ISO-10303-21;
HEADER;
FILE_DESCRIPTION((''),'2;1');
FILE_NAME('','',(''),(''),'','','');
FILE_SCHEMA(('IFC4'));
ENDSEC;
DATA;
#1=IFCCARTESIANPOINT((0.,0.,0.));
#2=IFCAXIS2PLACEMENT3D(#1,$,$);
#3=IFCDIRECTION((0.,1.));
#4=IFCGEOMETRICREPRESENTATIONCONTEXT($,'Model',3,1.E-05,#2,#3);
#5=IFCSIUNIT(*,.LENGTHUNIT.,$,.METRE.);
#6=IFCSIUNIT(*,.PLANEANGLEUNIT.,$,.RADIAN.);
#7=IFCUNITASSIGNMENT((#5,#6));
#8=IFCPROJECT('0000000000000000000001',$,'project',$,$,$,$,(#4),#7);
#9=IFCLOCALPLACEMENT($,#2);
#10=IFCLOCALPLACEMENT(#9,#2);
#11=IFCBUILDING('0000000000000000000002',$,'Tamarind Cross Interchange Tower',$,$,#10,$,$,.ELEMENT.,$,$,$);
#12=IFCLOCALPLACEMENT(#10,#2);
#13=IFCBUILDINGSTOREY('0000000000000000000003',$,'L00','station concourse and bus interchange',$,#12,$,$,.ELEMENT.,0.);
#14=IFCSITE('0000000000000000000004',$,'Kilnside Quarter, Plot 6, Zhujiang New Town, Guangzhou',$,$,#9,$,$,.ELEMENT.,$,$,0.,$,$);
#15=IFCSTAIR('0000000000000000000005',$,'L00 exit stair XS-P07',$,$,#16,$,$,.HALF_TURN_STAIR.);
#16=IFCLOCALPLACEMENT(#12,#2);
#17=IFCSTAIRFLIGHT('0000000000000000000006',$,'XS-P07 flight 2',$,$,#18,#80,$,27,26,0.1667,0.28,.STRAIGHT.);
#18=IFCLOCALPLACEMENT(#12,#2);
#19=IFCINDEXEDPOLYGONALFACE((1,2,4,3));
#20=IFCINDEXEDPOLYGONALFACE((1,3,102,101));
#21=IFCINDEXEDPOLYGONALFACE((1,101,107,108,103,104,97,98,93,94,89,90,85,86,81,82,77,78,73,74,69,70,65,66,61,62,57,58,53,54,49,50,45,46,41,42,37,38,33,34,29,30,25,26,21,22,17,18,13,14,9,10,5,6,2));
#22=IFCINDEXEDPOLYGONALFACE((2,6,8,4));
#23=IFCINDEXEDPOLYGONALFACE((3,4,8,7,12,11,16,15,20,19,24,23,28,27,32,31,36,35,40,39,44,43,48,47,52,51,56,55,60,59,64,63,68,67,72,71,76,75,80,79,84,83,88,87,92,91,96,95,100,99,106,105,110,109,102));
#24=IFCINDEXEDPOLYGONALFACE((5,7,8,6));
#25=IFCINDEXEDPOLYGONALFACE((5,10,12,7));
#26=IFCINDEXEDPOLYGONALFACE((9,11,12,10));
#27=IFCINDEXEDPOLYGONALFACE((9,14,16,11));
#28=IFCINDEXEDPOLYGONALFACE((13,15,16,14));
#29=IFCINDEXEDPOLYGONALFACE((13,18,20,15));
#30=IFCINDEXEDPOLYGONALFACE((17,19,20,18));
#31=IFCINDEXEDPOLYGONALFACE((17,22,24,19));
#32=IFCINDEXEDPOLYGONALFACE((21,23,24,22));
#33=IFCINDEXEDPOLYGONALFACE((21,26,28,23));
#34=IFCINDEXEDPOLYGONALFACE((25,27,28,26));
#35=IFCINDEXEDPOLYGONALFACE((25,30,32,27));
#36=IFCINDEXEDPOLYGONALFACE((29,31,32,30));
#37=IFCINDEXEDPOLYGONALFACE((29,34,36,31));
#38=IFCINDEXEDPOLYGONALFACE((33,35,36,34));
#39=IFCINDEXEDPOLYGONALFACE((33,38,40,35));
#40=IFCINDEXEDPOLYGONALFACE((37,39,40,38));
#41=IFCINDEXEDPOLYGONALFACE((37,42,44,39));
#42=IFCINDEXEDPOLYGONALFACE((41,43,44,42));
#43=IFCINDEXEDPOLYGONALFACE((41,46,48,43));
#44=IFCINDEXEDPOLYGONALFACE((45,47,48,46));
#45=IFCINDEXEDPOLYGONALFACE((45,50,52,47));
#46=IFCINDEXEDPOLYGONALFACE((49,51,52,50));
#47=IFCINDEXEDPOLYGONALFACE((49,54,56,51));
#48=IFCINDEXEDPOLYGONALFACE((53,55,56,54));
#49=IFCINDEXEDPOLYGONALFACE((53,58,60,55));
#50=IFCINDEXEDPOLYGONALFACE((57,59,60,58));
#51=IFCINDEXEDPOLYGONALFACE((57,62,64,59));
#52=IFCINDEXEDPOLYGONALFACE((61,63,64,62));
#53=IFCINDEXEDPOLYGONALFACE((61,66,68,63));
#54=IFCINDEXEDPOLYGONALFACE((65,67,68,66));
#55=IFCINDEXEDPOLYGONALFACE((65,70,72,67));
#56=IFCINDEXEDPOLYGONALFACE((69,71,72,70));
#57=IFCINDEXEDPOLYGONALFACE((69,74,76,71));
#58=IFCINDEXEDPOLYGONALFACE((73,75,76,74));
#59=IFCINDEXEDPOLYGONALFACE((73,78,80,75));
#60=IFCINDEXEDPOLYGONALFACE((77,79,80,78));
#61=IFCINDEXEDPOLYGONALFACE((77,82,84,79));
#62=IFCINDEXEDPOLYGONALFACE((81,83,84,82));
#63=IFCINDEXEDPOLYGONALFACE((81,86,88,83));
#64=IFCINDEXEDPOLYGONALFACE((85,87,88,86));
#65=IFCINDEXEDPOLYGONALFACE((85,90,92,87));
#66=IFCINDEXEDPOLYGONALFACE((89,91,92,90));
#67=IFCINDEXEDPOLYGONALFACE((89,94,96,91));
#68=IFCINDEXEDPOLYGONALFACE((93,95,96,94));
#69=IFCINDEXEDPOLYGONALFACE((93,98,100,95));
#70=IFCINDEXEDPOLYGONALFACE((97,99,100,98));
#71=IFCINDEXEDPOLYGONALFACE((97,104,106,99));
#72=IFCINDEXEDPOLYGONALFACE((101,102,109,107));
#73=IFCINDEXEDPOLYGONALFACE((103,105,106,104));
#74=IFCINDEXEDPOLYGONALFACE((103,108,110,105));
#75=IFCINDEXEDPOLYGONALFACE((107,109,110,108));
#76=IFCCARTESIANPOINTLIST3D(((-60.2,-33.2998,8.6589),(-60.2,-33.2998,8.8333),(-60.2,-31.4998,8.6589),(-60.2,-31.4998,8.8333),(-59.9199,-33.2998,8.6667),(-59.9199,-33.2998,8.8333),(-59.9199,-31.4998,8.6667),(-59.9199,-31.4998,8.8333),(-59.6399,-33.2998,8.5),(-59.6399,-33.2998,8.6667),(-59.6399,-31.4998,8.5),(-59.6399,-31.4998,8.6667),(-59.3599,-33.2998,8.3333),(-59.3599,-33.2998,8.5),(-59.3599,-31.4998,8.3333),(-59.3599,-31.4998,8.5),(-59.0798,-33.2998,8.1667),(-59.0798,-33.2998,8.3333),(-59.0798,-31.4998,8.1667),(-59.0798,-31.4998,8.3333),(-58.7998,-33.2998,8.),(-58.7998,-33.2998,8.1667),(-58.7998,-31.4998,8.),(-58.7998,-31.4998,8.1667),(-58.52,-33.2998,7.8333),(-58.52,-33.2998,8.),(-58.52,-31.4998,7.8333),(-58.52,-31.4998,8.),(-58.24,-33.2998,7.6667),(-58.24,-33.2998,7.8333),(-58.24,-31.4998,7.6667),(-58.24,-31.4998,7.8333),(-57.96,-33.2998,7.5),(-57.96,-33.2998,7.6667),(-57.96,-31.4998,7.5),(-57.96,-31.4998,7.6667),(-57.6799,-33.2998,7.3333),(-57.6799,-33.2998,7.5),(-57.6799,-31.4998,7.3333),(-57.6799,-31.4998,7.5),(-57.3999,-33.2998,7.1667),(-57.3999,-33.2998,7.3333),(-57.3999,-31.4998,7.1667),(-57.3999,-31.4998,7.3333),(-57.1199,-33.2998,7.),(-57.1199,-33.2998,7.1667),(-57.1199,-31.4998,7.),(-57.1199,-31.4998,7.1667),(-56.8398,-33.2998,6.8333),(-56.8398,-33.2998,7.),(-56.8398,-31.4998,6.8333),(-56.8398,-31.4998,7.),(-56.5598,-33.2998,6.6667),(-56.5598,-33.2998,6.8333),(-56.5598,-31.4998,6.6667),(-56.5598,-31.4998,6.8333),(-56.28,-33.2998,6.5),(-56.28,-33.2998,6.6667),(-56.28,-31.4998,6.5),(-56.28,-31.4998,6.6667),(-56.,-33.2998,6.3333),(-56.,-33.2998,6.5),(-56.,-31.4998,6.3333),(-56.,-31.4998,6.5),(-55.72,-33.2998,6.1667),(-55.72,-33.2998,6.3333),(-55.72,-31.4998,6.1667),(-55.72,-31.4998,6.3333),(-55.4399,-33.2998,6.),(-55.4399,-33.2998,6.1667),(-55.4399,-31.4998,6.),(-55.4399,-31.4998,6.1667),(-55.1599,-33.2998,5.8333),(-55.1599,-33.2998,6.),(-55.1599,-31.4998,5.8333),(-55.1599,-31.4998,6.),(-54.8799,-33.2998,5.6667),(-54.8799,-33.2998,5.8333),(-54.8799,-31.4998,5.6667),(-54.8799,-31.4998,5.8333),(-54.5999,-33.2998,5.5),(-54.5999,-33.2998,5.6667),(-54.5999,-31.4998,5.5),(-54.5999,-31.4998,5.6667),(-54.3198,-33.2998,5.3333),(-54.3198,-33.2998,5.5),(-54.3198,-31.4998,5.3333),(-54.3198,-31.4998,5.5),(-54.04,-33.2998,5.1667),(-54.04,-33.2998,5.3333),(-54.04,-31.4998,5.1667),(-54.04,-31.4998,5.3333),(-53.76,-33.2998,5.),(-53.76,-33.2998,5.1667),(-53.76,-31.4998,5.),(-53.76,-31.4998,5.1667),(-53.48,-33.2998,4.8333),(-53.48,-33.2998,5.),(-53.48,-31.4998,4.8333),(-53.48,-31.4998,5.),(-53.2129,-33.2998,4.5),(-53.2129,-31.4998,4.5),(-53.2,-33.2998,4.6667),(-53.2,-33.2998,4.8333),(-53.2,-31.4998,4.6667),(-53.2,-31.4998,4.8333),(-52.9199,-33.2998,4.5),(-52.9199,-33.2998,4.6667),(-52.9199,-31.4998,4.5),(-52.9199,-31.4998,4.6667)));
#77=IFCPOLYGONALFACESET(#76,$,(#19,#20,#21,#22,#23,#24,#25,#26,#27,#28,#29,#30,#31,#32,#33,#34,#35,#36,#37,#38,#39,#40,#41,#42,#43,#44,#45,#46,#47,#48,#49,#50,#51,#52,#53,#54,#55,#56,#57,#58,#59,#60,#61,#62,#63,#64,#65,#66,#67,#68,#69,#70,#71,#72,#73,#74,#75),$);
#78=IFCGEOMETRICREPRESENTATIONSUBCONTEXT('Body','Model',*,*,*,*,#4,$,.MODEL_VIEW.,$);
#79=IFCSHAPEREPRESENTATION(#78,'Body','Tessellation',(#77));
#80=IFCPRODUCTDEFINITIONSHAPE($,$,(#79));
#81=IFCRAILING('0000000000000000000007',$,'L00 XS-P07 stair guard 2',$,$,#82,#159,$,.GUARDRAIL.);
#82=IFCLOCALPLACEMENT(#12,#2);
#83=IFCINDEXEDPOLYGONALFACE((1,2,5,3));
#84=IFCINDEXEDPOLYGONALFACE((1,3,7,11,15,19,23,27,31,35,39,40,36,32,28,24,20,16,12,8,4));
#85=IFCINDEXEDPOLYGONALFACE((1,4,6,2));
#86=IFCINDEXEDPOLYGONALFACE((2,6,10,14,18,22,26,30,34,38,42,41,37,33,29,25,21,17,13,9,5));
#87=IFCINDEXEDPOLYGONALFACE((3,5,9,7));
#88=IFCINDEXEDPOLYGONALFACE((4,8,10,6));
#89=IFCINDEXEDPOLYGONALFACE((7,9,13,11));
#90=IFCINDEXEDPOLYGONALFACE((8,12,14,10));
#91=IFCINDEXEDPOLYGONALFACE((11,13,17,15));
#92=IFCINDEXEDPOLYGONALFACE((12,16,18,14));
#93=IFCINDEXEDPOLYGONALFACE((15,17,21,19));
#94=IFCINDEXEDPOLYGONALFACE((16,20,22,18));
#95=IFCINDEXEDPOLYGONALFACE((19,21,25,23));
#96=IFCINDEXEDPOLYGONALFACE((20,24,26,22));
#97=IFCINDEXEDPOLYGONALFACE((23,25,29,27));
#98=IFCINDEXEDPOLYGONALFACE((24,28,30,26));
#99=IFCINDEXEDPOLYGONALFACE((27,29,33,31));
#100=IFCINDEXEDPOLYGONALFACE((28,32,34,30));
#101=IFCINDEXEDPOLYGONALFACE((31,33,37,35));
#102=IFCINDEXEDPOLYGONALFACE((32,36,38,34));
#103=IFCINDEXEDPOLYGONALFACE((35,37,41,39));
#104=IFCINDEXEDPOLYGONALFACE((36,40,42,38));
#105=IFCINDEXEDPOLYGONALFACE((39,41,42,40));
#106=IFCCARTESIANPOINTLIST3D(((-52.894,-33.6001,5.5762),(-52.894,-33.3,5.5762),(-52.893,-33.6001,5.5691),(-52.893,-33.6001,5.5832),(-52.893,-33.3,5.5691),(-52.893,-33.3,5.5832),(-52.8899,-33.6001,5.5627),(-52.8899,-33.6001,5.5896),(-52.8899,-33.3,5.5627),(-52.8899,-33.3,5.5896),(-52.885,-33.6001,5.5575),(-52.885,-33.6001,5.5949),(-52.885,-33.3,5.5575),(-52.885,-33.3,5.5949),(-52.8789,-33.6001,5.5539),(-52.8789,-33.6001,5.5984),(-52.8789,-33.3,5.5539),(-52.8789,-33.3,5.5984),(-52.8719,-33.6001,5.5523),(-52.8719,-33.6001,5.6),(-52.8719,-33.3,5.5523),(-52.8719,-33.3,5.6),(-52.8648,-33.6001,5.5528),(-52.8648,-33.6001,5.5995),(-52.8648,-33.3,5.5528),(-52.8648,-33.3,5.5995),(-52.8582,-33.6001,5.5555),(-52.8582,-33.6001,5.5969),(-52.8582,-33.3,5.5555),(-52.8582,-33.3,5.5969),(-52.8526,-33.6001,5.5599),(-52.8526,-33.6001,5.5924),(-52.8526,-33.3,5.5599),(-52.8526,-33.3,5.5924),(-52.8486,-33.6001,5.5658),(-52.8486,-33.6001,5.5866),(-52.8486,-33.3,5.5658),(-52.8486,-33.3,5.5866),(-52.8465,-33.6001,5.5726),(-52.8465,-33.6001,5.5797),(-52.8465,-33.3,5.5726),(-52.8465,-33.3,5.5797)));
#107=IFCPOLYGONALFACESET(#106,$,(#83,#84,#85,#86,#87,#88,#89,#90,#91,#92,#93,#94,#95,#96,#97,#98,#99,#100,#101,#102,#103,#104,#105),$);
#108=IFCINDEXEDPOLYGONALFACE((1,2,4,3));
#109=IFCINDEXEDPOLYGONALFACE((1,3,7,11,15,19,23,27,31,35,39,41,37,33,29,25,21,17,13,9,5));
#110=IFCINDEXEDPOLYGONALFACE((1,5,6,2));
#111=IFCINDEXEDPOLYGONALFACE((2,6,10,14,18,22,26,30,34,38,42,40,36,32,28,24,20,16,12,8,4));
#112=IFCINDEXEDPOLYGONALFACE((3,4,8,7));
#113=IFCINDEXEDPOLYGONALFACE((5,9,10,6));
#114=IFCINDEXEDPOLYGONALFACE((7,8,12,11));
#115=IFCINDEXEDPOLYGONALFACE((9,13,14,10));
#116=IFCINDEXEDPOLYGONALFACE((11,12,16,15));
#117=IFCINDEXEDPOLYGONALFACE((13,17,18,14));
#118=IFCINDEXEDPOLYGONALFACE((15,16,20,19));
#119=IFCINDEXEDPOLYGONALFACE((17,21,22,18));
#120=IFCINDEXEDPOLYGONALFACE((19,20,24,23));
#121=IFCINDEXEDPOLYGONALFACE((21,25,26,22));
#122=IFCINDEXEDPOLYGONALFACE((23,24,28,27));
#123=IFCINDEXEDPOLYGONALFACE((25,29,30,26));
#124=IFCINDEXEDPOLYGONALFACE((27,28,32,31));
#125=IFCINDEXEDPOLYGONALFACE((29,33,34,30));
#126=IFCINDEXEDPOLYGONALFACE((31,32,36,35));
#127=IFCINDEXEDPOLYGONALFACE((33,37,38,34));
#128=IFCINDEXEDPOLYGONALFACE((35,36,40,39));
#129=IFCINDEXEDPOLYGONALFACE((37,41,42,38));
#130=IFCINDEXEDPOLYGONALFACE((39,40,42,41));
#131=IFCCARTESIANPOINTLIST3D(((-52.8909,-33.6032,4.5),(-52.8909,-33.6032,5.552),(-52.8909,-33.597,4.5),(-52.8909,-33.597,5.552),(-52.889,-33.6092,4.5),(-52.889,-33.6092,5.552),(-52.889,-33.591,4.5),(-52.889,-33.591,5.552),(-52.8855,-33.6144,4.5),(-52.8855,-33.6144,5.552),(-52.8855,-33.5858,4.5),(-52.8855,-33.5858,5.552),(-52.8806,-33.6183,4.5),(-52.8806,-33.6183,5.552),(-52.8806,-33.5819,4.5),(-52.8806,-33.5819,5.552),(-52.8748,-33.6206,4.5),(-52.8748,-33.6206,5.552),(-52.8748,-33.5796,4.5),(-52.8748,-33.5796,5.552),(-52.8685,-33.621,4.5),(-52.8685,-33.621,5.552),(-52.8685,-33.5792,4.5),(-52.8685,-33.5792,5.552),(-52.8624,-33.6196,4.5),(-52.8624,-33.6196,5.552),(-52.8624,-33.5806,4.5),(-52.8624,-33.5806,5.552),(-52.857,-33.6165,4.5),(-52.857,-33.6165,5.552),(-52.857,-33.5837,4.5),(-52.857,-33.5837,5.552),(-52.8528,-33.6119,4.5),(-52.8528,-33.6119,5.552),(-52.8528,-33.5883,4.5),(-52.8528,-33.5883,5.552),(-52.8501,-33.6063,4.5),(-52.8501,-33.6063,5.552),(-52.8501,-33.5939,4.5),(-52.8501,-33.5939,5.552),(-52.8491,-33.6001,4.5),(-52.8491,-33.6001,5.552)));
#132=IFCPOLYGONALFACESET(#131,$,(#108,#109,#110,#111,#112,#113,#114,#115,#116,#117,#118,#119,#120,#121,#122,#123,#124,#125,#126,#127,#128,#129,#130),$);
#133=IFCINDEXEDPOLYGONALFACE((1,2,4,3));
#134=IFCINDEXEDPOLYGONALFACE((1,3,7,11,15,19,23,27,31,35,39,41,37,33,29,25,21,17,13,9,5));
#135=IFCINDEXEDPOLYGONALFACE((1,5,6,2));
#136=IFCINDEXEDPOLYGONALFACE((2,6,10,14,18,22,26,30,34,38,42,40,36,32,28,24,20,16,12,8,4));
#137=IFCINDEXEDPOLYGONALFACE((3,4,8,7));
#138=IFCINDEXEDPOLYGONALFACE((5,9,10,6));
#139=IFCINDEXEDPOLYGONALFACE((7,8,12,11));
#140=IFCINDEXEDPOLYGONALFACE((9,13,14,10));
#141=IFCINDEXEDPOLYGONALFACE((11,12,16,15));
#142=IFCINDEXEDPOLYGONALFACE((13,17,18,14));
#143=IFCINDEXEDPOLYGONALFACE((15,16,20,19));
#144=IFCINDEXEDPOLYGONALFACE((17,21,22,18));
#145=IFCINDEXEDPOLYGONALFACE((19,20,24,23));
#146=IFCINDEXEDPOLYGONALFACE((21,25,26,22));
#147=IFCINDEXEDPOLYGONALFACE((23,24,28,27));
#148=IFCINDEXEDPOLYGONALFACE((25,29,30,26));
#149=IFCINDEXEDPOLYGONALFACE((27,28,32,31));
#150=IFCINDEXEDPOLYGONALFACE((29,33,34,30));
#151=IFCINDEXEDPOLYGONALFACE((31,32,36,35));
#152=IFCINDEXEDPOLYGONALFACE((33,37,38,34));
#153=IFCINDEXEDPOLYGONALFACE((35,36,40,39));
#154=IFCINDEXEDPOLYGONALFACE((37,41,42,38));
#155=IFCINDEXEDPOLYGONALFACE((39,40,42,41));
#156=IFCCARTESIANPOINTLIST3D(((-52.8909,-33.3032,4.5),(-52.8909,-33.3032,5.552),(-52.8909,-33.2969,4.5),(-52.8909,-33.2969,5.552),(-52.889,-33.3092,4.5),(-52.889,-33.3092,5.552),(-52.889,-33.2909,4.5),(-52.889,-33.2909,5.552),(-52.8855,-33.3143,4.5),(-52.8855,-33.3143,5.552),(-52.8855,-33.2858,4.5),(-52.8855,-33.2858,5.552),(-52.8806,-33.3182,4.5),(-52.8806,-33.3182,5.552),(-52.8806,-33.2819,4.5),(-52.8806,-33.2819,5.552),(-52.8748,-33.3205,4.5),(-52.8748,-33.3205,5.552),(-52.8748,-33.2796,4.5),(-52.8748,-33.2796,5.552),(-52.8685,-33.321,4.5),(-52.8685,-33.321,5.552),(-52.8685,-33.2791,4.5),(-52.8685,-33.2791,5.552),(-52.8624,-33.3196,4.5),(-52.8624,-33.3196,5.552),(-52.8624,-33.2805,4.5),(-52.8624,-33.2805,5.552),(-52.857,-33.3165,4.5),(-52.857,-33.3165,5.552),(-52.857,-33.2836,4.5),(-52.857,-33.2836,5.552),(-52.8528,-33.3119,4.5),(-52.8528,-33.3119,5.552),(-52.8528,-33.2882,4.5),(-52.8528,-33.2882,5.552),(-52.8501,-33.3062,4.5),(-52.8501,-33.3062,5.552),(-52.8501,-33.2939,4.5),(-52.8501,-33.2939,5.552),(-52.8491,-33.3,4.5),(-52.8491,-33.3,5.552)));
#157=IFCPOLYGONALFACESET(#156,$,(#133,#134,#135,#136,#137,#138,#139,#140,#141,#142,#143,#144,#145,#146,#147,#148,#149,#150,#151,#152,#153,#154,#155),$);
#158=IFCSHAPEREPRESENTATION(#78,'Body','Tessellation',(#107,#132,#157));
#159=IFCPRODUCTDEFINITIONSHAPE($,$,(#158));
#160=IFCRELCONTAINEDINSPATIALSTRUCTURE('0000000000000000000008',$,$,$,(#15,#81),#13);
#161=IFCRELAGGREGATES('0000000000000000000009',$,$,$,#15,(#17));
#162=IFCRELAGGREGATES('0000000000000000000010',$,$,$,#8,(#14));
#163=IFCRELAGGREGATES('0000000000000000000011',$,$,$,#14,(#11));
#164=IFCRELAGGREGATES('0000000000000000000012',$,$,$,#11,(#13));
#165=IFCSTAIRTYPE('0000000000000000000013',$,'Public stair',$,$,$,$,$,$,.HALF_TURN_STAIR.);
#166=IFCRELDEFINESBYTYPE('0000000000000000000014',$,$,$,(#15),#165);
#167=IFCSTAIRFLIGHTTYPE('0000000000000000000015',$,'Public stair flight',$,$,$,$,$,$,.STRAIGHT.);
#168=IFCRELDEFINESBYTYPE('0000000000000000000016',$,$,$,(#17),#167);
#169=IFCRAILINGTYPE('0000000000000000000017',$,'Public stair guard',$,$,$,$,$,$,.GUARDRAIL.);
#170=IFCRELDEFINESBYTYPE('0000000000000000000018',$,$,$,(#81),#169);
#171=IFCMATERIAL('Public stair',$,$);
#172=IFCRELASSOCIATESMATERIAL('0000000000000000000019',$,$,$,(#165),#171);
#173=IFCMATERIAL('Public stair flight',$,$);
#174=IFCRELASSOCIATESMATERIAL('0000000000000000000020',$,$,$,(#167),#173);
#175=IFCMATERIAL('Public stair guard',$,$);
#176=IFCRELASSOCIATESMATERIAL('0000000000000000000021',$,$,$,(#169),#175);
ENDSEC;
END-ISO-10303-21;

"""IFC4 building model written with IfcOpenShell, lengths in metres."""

from ifc_helpers import new_model, si_unit, direction, frame, origin, origin_2d, place, context, subcontext, project, spatial, polyline, circle, outline, extrude, material, type_object, element, aggregate, save


model = new_model("IFC4")

# Units and contexts
model_context = context("Model", 3, precision=1e-05, world=origin(), true_north=direction((0.0, 1.0)))
body_context = subcontext(model_context, "Body", "Model", "MODEL_VIEW")
ifc_project = project(units=[si_unit("LENGTHUNIT", "METRE"), si_unit("PLANEANGLEUNIT", "RADIAN")], contexts=[model_context])

# Site, building, storey
site_placement = place(None, origin())
site = spatial("IfcSite", under=ifc_project, at=site_placement, Name="Kilnside Quarter, Plot 6, Zhujiang New Town, Guangzhou", CompositionType="ELEMENT", RefElevation=0.0)
building_placement = place(site_placement, origin())
building = spatial("IfcBuilding", under=site, at=building_placement, Name="Tamarind Cross Interchange Tower", CompositionType="ELEMENT")
storey_placement = place(building_placement, origin())
storey = spatial("IfcBuildingStorey", under=building, at=storey_placement, Name="L00", Description="station concourse and bus interchange", CompositionType="ELEMENT", Elevation=0.0)

# Stair, stair flight
ifc_material_1 = material(Name="Public stair")
stair_type = type_object("IfcStairType", Name="Public stair", PredefinedType="HALF_TURN_STAIR", material=ifc_material_1)
stair_placement = place(storey_placement, origin())
stair = element("IfcStair", 1, at=stair_placement, inside=storey, type_object=stair_type, Name="L00 exit stair XS-P07", PredefinedType="HALF_TURN_STAIR")
ifc_material_2 = material(Name="Public stair flight")
stair_flight_type = type_object("IfcStairFlightType", Name="Public stair flight", PredefinedType="STRAIGHT", material=ifc_material_2)
stair_flight_1_placement = place(storey_placement, frame((-52.9199, -32.3999, 4.5), z_axis=(0.0, 0.0, 1.0), x_axis=(-1.0, 0.0, 0.0)))
stair_flight_1 = element("IfcStairFlight", 2, at=stair_flight_1_placement, type_object=stair_flight_type, Name="XS-P07 flight 2", NumberOfRisers=27, NumberOfTreads=26, PredefinedType="STRAIGHT", RiserHeight=0.1667, TreadLength=0.28, context=body_context, shape_type="SweptSolid", body=[
    extrude(outline(polyline([(0.0, 0.0), (0.0, 0.1667), (0.28, 0.1667), (0.28, 0.3333), (0.5601, 0.3333), (0.5601, 0.5), (0.8401, 0.5), (0.8401, 0.6667), (1.1201, 0.6667), (1.1201, 0.8333), (1.3999, 0.8333), (1.3999, 1.0), (1.6799, 1.0), (1.6799, 1.1667), (1.96, 1.1667), (1.96, 1.3333), (2.24, 1.3333), (2.24, 1.5), (2.52, 1.5), (2.52, 1.6667), (2.8, 1.6667), (2.8, 1.8333), (3.0801, 1.8333), (3.0801, 2.0), (3.3601, 2.0), (3.3601, 2.1667), (3.6399, 2.1667), (3.6399, 2.3333), (3.9199, 2.3333), (3.9199, 2.5), (4.2, 2.5), (4.2, 2.6667), (4.48, 2.6667), (4.48, 2.8333), (4.76, 2.8333), (4.76, 3.0), (5.04, 3.0), (5.04, 3.1667), (5.3201, 3.1667), (5.3201, 3.3333), (5.6001, 3.3333), (5.6001, 3.5), (5.8799, 3.5), (5.8799, 3.6667), (6.1599, 3.6667), (6.1599, 3.8333), (6.4399, 3.8333), (6.4399, 4.0), (6.72, 4.0), (6.72, 4.1667), (7.0, 4.1667), (7.0, 4.3333), (7.28, 4.3333), (7.28, 4.5), (7.28, 4.1589), (0.293, 0.0), (0.0, 0.0)])), frame((0.0, 0.8999, 0.0), z_axis=(0.0, -1.0, 0.0), x_axis=(1.0, 0.0, 0.0)), (0.0, 0.0, 1.0), 1.8),
])
aggregate(stair, [stair_flight_1])

# Railing
ifc_material_3 = material(Name="Public stair guard")
railing_type_1 = type_object("IfcRailingType", Name="Public stair guard", PredefinedType="GUARDRAIL", material=ifc_material_3)
railing_1_placement = place(storey_placement, frame((-52.8701, -33.6001, 4.5)))
element("IfcRailing", 3, at=railing_1_placement, inside=storey, type_object=railing_type_1, Name="L00 XS-P07 stair guard 2", PredefinedType="GUARDRAIL", context=body_context, shape_type="SweptSolid", body=[
    extrude(circle(Radius=0.0239, at=origin_2d()), frame((0.0, 0.0, 1.0762), z_axis=(0.0, 1.0, 0.0), x_axis=(-1.0, 0.0, 0.0)), (0.0, 0.0, 1.0), 0.3),
    extrude(circle(Radius=0.021, at=origin_2d()), origin(), (0.0, 0.0, 1.0), 1.052),
    extrude(circle(Radius=0.021, at=origin_2d()), frame((0.0, 0.3, 0.0)), (0.0, 0.0, 1.0), 1.052),
])

save(model, "model.ifc")
